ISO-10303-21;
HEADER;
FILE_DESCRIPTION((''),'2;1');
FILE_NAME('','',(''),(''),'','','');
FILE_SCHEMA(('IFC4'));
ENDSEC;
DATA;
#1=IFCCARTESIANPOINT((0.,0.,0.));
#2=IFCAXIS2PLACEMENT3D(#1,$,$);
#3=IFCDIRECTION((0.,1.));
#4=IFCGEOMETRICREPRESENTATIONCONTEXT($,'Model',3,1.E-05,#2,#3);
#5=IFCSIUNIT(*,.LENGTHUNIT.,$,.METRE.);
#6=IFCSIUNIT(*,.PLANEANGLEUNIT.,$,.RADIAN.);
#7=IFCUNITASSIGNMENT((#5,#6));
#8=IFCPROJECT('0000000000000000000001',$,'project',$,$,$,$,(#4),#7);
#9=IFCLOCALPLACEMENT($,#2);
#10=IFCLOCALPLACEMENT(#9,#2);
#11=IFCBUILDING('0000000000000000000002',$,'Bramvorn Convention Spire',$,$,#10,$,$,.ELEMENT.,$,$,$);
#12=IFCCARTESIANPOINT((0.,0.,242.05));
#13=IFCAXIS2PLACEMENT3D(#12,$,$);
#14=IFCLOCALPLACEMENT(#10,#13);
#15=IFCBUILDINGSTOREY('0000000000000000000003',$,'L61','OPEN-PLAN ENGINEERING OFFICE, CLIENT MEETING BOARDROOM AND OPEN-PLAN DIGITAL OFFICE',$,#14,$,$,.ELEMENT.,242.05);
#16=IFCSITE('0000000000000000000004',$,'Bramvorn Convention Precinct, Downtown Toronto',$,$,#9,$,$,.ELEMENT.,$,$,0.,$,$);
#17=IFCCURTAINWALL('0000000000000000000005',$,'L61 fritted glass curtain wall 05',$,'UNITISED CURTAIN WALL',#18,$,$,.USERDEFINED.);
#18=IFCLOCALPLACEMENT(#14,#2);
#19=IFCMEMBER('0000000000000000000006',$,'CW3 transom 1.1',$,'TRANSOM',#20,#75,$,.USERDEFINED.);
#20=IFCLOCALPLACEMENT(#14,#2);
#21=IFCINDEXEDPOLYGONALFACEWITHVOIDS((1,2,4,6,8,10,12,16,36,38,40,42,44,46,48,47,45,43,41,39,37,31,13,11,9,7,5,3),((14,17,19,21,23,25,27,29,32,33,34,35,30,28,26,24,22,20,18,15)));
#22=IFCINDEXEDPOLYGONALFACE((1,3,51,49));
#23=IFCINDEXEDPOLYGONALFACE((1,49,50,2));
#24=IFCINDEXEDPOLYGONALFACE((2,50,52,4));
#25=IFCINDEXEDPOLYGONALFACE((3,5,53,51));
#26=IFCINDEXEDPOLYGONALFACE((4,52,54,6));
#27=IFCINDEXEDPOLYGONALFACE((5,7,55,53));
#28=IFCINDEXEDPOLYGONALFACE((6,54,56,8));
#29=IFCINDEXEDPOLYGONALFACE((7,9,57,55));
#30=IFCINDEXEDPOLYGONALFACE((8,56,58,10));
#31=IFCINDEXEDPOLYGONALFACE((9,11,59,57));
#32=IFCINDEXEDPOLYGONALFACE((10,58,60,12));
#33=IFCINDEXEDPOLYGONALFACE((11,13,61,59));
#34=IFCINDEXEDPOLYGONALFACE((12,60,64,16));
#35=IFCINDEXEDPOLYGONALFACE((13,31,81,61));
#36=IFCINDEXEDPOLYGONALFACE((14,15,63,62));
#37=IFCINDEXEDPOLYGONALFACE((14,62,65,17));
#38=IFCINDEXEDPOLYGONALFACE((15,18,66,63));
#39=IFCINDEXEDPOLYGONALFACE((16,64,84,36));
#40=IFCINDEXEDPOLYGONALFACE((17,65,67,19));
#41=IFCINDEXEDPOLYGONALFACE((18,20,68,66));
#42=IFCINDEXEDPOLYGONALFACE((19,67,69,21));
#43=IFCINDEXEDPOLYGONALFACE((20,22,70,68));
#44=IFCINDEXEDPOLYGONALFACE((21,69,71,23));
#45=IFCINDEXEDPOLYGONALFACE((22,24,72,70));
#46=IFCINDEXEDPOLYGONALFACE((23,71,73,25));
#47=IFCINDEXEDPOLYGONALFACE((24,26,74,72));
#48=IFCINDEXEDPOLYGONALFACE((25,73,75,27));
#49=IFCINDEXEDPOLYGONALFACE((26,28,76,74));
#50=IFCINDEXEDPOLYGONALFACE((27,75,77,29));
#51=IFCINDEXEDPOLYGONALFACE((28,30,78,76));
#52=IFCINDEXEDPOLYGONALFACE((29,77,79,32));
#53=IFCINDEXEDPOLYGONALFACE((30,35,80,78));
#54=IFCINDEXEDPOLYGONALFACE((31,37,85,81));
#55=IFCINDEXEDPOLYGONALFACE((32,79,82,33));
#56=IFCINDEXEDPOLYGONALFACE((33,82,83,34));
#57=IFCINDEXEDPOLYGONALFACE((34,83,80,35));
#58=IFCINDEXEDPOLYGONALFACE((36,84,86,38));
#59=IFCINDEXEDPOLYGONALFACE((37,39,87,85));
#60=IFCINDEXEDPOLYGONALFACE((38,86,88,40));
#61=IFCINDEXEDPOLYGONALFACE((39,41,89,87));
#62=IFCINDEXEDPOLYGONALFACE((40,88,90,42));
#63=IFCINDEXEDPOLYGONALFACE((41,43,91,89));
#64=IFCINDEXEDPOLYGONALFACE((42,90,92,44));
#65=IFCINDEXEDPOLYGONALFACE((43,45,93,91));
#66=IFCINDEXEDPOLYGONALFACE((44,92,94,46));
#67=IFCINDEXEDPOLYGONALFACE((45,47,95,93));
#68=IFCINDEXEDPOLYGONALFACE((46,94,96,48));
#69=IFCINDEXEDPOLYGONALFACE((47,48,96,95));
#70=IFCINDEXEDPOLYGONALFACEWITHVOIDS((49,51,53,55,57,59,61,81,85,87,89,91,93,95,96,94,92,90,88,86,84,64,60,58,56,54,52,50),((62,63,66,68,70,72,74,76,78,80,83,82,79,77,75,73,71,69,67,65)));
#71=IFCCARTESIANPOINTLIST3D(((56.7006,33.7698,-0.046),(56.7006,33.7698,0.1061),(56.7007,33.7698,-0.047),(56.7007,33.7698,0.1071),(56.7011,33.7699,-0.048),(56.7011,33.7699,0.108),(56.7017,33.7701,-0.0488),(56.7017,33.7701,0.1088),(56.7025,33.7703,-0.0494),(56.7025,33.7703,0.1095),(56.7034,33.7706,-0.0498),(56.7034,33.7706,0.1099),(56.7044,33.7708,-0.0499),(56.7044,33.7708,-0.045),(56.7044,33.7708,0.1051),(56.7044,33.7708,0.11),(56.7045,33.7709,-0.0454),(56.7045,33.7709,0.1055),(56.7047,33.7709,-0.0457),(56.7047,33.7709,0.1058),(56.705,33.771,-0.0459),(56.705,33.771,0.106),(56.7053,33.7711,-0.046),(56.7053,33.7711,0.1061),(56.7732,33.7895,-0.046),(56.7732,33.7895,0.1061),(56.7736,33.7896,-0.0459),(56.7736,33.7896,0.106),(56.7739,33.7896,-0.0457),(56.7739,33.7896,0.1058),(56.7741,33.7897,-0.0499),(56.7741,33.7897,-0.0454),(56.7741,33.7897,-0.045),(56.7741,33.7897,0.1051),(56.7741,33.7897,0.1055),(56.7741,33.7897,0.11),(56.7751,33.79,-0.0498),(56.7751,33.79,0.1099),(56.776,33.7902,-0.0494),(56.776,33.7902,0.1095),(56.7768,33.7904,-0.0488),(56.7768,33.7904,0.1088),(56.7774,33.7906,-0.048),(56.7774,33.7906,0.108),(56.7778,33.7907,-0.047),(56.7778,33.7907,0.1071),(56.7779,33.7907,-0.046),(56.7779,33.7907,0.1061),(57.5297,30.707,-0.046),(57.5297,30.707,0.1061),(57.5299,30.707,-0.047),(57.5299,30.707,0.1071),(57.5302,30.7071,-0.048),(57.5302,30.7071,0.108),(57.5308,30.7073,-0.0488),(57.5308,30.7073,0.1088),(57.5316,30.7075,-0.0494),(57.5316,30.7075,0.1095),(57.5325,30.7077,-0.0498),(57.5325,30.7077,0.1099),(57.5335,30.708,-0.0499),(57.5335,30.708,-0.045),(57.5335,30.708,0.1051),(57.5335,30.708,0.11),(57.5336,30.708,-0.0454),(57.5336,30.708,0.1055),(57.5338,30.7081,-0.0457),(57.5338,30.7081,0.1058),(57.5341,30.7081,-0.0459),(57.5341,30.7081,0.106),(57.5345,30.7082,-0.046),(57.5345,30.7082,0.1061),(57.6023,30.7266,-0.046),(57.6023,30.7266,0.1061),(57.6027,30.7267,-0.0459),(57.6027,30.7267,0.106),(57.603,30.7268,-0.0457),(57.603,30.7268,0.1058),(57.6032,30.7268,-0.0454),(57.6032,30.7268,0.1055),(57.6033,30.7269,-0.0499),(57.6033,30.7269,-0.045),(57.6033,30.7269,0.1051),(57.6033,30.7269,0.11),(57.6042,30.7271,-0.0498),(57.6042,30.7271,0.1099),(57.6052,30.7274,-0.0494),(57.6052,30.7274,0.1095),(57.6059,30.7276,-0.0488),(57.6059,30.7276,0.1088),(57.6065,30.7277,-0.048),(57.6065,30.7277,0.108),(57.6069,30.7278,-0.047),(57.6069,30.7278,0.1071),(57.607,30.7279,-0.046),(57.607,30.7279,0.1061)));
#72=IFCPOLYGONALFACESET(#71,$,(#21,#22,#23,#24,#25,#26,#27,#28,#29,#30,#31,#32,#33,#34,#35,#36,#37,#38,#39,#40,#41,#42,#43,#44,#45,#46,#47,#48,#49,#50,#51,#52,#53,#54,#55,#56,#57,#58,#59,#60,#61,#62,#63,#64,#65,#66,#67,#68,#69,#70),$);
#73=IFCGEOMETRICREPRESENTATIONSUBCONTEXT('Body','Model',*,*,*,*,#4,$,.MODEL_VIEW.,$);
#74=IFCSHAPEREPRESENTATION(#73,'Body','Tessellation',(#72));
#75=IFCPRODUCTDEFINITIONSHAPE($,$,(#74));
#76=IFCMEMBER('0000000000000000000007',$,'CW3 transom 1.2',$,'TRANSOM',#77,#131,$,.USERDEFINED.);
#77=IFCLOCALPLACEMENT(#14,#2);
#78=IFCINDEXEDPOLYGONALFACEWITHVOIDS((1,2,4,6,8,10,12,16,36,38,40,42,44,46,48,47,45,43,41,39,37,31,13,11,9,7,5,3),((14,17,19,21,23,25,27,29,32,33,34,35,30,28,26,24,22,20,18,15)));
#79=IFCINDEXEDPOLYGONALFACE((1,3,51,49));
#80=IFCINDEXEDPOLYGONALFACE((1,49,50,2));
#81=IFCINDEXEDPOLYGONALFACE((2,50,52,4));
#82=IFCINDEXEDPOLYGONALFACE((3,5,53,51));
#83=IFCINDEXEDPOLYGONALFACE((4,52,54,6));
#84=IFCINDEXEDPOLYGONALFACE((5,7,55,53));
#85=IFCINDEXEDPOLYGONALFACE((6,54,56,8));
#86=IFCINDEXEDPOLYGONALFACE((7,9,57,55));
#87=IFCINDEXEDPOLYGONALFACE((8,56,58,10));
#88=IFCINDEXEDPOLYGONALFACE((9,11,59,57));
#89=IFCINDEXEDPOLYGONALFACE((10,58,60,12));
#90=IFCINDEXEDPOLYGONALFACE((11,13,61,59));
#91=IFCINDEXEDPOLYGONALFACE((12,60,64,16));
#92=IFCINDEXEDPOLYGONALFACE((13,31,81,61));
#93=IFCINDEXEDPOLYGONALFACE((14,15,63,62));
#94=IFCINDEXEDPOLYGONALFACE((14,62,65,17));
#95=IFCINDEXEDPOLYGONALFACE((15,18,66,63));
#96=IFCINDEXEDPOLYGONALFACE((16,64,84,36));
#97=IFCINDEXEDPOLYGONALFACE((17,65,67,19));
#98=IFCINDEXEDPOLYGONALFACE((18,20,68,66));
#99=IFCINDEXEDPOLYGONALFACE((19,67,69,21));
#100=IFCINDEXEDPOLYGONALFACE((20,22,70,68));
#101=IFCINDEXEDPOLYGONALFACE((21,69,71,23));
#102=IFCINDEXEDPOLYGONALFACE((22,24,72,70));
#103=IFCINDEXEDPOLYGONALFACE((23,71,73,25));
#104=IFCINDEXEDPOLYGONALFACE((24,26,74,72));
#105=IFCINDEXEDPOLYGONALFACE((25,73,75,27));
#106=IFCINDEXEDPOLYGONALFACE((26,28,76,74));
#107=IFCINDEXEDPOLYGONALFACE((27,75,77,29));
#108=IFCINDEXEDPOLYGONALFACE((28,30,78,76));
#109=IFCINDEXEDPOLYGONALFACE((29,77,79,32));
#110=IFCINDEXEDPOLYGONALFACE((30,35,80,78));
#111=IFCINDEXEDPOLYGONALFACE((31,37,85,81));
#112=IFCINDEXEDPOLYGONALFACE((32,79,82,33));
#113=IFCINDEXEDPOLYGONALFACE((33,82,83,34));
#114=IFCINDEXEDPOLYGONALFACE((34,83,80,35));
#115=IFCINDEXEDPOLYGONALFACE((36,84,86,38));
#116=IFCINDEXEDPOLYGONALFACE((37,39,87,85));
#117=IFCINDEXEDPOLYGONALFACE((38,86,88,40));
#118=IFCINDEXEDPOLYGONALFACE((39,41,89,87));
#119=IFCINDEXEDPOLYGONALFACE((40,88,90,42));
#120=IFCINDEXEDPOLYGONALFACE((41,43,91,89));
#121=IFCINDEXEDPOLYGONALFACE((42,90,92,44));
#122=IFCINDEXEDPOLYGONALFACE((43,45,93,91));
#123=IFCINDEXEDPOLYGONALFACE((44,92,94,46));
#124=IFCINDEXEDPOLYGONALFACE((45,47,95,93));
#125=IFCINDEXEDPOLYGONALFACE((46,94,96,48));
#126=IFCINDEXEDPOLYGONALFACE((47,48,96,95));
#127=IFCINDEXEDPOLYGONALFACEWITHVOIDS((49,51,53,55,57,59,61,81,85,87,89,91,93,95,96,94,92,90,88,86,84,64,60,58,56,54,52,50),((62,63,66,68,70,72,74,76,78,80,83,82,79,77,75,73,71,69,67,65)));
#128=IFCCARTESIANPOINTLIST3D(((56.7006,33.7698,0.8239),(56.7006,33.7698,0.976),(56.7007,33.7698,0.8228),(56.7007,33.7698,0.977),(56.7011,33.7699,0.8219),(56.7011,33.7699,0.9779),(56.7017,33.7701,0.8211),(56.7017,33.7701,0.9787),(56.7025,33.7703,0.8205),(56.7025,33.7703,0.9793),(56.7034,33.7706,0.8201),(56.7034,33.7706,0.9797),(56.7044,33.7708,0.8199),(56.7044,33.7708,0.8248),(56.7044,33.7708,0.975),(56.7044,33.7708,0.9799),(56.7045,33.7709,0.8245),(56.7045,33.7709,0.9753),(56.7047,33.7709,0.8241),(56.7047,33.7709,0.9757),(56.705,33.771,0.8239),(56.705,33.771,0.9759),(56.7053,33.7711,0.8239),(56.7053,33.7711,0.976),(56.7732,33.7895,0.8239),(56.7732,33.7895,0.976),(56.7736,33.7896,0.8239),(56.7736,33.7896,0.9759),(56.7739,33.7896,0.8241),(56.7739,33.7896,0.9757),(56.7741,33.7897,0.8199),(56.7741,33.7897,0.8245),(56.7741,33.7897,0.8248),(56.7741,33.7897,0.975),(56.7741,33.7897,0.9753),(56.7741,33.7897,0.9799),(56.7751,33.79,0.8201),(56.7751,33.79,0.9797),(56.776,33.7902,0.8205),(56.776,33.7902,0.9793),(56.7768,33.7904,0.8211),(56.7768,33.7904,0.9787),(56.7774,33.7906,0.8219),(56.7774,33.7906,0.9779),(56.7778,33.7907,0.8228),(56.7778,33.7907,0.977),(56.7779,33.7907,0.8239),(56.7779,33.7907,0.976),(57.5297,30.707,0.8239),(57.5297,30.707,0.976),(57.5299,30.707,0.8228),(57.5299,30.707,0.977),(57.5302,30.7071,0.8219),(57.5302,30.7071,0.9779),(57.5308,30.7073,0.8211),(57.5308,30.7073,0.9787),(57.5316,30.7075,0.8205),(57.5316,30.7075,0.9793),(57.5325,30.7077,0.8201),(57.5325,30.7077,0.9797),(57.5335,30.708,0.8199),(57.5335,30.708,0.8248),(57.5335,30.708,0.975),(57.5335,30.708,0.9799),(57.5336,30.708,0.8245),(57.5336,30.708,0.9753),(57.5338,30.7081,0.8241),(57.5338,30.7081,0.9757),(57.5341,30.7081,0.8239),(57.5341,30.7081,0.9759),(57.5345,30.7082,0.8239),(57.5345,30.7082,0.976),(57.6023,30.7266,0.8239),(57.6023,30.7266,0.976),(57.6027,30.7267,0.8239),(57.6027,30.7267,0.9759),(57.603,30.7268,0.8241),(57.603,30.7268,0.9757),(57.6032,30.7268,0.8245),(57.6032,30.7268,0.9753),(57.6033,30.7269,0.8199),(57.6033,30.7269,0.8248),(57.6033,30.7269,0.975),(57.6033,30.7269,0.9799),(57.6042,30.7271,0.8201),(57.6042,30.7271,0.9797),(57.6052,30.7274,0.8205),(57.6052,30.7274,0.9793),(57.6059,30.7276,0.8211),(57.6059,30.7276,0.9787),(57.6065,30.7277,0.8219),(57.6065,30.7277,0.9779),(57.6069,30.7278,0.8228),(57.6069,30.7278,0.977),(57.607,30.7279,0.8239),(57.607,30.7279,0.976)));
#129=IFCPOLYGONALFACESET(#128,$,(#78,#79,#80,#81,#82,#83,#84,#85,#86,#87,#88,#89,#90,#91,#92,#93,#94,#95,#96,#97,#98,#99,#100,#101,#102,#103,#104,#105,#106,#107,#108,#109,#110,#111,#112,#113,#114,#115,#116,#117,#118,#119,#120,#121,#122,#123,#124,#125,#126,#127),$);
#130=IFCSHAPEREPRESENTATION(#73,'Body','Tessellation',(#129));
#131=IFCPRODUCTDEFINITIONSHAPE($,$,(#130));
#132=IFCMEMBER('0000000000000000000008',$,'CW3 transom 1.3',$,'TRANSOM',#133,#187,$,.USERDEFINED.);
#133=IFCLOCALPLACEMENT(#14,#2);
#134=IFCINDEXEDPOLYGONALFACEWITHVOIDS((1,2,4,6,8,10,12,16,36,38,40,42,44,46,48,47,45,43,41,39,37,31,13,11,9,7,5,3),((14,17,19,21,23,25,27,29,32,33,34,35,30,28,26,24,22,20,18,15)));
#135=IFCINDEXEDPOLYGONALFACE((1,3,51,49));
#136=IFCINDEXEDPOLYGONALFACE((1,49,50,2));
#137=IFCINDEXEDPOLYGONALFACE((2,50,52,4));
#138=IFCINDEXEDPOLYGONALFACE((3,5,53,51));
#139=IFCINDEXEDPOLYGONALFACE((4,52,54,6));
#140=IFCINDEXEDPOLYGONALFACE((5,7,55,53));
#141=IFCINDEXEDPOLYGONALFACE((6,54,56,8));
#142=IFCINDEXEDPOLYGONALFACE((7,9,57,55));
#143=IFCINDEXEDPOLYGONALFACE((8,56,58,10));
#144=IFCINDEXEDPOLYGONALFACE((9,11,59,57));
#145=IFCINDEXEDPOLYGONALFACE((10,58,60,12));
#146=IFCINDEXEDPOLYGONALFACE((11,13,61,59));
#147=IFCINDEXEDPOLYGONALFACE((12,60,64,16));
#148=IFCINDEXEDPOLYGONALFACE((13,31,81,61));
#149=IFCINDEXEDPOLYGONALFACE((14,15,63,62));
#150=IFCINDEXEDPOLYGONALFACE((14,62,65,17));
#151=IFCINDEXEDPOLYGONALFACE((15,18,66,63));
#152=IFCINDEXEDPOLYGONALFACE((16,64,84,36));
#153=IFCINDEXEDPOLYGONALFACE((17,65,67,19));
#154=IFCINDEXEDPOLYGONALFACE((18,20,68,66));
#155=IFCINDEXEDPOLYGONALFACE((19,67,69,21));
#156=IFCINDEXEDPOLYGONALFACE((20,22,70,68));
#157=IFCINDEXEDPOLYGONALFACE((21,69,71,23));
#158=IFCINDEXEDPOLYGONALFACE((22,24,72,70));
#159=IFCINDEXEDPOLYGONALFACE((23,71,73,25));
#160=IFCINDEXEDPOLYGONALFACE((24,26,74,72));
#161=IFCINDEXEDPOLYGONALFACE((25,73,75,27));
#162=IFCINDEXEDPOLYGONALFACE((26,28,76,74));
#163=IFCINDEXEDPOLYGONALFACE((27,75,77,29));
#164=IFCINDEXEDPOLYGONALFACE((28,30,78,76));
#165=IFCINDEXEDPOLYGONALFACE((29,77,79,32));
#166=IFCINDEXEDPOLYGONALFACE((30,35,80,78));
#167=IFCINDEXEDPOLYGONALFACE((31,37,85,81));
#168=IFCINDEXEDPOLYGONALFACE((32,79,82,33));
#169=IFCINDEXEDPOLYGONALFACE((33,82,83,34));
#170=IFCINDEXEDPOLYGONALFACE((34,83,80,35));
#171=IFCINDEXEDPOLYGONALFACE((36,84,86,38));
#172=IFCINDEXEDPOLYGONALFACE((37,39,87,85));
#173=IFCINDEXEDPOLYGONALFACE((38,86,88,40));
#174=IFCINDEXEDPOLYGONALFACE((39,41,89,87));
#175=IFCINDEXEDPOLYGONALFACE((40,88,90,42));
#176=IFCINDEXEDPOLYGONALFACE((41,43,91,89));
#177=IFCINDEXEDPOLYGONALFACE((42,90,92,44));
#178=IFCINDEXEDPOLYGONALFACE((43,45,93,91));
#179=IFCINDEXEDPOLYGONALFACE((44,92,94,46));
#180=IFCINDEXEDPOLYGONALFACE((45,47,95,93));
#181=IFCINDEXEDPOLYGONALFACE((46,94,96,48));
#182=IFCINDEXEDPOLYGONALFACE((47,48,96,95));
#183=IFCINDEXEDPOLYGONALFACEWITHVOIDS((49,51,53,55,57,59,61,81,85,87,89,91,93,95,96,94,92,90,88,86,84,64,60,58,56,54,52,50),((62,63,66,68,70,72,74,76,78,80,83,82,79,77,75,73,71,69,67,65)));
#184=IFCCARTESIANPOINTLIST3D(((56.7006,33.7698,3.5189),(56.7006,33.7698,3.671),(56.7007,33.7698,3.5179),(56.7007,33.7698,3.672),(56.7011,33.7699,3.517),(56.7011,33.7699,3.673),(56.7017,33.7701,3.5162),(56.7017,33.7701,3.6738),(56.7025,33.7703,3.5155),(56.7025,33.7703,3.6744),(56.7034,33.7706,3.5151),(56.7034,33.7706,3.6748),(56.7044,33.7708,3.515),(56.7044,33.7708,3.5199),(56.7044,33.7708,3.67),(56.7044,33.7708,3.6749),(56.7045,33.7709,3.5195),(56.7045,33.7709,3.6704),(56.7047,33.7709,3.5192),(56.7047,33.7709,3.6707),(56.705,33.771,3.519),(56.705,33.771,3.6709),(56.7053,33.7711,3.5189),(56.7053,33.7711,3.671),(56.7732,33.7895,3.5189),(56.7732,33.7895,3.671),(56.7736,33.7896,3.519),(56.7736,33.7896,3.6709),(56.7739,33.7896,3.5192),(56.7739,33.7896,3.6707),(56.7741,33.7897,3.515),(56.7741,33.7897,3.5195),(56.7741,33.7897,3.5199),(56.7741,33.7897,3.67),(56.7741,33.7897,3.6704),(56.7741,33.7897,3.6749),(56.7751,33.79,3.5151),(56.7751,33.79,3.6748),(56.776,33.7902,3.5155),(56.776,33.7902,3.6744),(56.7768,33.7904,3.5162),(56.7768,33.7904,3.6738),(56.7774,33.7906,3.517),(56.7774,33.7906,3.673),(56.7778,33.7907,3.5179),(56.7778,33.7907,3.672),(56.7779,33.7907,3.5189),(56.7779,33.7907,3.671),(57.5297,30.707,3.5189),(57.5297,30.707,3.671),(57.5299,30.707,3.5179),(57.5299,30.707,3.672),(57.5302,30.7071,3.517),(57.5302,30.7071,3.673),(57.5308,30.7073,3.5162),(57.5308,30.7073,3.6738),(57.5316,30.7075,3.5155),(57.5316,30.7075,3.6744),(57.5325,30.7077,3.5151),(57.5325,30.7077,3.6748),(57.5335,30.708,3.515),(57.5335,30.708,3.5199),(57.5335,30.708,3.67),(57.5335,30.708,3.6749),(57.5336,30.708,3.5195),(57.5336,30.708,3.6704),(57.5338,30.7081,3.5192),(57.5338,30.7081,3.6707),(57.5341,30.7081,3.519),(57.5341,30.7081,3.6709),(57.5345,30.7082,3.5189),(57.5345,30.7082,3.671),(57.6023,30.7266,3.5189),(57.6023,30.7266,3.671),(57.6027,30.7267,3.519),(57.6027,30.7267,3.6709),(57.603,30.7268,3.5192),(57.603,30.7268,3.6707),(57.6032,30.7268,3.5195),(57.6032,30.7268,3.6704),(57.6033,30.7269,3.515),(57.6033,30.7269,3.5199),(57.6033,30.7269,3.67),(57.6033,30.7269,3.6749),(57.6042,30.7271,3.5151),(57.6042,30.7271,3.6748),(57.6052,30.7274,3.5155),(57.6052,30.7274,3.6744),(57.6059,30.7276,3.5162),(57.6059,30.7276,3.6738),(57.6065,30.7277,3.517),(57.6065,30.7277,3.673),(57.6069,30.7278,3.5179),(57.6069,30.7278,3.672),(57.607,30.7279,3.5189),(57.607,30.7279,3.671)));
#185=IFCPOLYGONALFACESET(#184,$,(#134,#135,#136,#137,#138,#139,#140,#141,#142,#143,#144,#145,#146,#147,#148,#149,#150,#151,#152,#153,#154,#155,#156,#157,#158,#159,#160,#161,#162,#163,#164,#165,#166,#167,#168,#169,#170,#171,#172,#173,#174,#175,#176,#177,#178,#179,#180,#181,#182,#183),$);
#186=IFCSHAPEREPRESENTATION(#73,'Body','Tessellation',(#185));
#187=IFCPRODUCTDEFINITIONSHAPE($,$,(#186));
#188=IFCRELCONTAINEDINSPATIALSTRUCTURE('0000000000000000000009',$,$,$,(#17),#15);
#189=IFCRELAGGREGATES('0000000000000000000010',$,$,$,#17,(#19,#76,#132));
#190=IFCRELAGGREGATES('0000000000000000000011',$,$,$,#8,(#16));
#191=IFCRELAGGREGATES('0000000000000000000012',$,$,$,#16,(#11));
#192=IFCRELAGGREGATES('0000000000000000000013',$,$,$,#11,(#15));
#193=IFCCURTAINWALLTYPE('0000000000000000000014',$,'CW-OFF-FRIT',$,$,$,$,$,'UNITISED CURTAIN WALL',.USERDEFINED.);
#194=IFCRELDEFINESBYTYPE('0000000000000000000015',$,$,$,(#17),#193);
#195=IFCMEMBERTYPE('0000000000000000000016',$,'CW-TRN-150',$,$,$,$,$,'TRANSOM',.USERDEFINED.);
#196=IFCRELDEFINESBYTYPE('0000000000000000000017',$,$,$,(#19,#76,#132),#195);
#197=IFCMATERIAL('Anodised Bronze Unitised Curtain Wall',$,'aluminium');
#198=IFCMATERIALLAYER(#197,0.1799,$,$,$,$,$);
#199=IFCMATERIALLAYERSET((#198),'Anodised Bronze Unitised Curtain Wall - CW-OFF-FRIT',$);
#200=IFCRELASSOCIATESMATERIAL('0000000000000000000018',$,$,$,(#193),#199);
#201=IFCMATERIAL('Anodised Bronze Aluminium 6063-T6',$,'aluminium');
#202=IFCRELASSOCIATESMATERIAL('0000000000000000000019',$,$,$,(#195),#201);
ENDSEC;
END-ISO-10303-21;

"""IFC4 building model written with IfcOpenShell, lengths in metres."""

from ifc_helpers import new_model, si_unit, direction, frame, origin, origin_2d, place, context, subcontext, project, spatial, hollow_rectangle, extrude, material, layer, layer_set, material_profile, profile_set, type_object, element, aggregate, save


model = new_model("IFC4")

# Units and contexts
model_context = context("Model", 3, precision=1e-05, world=origin(), true_north=direction((0.0, 1.0)))
body_context = subcontext(model_context, "Body", "Model", "MODEL_VIEW")
ifc_project = project(units=[si_unit("LENGTHUNIT", "METRE"), si_unit("PLANEANGLEUNIT", "RADIAN")], contexts=[model_context])

# Site, building, storey
site_placement = place(None, origin())
site = spatial("IfcSite", under=ifc_project, at=site_placement, Name="Bramvorn Convention Precinct, Downtown Toronto", CompositionType="ELEMENT", RefElevation=0.0)
building_placement = place(site_placement, origin())
building = spatial("IfcBuilding", under=site, at=building_placement, Name="Bramvorn Convention Spire", CompositionType="ELEMENT")
storey_placement = place(building_placement, frame((0.0, 0.0, 242.05)))
storey = spatial("IfcBuildingStorey", under=building, at=storey_placement, Name="L61", Description="OPEN-PLAN ENGINEERING OFFICE, CLIENT MEETING BOARDROOM AND OPEN-PLAN DIGITAL OFFICE", CompositionType="ELEMENT", Elevation=242.05)

# Shared definitions
ifc_material_1 = material(Name="Anodised Bronze Unitised Curtain Wall", Category="aluminium")
ifc_layer_1 = layer(ifc_material_1, 0.1799)
ifc_layer_set_1 = layer_set([ifc_layer_1], Name="Anodised Bronze Unitised Curtain Wall - CW-OFF-FRIT")
curtain_wall_type = type_object("IfcCurtainWallType", Name="CW-OFF-FRIT", ElementType="UNITISED CURTAIN WALL", PredefinedType="USERDEFINED", material=ifc_layer_set_1)
ifc_material_2 = material(Name="Anodised Bronze Aluminium 6063-T6", Category="aluminium")

# Curtain wall
curtain_wall_1_placement = place(storey_placement, origin())
curtain_wall_1 = element("IfcCurtainWall", 1, at=curtain_wall_1_placement, inside=storey, type_object=curtain_wall_type, Name="L61 fritted glass curtain wall 05", ObjectType="UNITISED CURTAIN WALL", PredefinedType="USERDEFINED")

# Members
ifc_material_profile_1 = material_profile(ifc_material_2, hollow_rectangle(XDim=0.0801, YDim=0.1599, WallThickness=0.0039, InnerFilletRadius=0.001, OuterFilletRadius=0.0039, at=origin_2d()))
ifc_profile_set_1 = profile_set([ifc_material_profile_1], Name="Anodised Bronze Aluminium 6063-T6 - CWT80X160")
member_type_1 = type_object("IfcMemberType", Name="CW-TRN-150", ElementType="TRANSOM", PredefinedType="USERDEFINED", material=ifc_profile_set_1)
member_1_placement = place(storey_placement, frame((56.7393, 33.7803, 0.03), z_axis=(0.2613, -0.965258, 0.0), x_axis=(0.965258, 0.2613, 0.0)))
member_1 = element("IfcMember", 2, at=member_1_placement, type_object=member_type_1, Name="CW3 transom 1.1", ObjectType="TRANSOM", PredefinedType="USERDEFINED", context=body_context, shape_type="SweptSolid", body=[
    extrude(hollow_rectangle(XDim=0.0801, YDim=0.1599, WallThickness=0.0039, InnerFilletRadius=0.001, OuterFilletRadius=0.0039, at=origin_2d()), origin(), (0.0, 0.0, 1.0), 3.1731),
])
member_2_placement = place(storey_placement, frame((56.7393, 33.7803, 0.8999), z_axis=(0.2613, -0.965258, 0.0), x_axis=(0.965258, 0.2613, 0.0)))
member_2 = element("IfcMember", 3, at=member_2_placement, type_object=member_type_1, Name="CW3 transom 1.2", ObjectType="TRANSOM", PredefinedType="USERDEFINED", context=body_context, shape_type="SweptSolid", body=[
    extrude(hollow_rectangle(XDim=0.0801, YDim=0.1599, WallThickness=0.0039, InnerFilletRadius=0.001, OuterFilletRadius=0.0039, at=origin_2d()), origin(), (0.0, 0.0, 1.0), 3.1731),
])
member_3_placement = place(storey_placement, frame((56.7393, 33.7803, 3.595), z_axis=(0.2613, -0.965258, 0.0), x_axis=(0.965258, 0.2613, 0.0)))
member_3 = element("IfcMember", 4, at=member_3_placement, type_object=member_type_1, Name="CW3 transom 1.3", ObjectType="TRANSOM", PredefinedType="USERDEFINED", context=body_context, shape_type="SweptSolid", body=[
    extrude(hollow_rectangle(XDim=0.0801, YDim=0.1599, WallThickness=0.0039, InnerFilletRadius=0.001, OuterFilletRadius=0.0039, at=origin_2d()), origin(), (0.0, 0.0, 1.0), 3.1731),
])

aggregate(curtain_wall_1, [member_1, member_2, member_3])

save(model, "model.ifc")
